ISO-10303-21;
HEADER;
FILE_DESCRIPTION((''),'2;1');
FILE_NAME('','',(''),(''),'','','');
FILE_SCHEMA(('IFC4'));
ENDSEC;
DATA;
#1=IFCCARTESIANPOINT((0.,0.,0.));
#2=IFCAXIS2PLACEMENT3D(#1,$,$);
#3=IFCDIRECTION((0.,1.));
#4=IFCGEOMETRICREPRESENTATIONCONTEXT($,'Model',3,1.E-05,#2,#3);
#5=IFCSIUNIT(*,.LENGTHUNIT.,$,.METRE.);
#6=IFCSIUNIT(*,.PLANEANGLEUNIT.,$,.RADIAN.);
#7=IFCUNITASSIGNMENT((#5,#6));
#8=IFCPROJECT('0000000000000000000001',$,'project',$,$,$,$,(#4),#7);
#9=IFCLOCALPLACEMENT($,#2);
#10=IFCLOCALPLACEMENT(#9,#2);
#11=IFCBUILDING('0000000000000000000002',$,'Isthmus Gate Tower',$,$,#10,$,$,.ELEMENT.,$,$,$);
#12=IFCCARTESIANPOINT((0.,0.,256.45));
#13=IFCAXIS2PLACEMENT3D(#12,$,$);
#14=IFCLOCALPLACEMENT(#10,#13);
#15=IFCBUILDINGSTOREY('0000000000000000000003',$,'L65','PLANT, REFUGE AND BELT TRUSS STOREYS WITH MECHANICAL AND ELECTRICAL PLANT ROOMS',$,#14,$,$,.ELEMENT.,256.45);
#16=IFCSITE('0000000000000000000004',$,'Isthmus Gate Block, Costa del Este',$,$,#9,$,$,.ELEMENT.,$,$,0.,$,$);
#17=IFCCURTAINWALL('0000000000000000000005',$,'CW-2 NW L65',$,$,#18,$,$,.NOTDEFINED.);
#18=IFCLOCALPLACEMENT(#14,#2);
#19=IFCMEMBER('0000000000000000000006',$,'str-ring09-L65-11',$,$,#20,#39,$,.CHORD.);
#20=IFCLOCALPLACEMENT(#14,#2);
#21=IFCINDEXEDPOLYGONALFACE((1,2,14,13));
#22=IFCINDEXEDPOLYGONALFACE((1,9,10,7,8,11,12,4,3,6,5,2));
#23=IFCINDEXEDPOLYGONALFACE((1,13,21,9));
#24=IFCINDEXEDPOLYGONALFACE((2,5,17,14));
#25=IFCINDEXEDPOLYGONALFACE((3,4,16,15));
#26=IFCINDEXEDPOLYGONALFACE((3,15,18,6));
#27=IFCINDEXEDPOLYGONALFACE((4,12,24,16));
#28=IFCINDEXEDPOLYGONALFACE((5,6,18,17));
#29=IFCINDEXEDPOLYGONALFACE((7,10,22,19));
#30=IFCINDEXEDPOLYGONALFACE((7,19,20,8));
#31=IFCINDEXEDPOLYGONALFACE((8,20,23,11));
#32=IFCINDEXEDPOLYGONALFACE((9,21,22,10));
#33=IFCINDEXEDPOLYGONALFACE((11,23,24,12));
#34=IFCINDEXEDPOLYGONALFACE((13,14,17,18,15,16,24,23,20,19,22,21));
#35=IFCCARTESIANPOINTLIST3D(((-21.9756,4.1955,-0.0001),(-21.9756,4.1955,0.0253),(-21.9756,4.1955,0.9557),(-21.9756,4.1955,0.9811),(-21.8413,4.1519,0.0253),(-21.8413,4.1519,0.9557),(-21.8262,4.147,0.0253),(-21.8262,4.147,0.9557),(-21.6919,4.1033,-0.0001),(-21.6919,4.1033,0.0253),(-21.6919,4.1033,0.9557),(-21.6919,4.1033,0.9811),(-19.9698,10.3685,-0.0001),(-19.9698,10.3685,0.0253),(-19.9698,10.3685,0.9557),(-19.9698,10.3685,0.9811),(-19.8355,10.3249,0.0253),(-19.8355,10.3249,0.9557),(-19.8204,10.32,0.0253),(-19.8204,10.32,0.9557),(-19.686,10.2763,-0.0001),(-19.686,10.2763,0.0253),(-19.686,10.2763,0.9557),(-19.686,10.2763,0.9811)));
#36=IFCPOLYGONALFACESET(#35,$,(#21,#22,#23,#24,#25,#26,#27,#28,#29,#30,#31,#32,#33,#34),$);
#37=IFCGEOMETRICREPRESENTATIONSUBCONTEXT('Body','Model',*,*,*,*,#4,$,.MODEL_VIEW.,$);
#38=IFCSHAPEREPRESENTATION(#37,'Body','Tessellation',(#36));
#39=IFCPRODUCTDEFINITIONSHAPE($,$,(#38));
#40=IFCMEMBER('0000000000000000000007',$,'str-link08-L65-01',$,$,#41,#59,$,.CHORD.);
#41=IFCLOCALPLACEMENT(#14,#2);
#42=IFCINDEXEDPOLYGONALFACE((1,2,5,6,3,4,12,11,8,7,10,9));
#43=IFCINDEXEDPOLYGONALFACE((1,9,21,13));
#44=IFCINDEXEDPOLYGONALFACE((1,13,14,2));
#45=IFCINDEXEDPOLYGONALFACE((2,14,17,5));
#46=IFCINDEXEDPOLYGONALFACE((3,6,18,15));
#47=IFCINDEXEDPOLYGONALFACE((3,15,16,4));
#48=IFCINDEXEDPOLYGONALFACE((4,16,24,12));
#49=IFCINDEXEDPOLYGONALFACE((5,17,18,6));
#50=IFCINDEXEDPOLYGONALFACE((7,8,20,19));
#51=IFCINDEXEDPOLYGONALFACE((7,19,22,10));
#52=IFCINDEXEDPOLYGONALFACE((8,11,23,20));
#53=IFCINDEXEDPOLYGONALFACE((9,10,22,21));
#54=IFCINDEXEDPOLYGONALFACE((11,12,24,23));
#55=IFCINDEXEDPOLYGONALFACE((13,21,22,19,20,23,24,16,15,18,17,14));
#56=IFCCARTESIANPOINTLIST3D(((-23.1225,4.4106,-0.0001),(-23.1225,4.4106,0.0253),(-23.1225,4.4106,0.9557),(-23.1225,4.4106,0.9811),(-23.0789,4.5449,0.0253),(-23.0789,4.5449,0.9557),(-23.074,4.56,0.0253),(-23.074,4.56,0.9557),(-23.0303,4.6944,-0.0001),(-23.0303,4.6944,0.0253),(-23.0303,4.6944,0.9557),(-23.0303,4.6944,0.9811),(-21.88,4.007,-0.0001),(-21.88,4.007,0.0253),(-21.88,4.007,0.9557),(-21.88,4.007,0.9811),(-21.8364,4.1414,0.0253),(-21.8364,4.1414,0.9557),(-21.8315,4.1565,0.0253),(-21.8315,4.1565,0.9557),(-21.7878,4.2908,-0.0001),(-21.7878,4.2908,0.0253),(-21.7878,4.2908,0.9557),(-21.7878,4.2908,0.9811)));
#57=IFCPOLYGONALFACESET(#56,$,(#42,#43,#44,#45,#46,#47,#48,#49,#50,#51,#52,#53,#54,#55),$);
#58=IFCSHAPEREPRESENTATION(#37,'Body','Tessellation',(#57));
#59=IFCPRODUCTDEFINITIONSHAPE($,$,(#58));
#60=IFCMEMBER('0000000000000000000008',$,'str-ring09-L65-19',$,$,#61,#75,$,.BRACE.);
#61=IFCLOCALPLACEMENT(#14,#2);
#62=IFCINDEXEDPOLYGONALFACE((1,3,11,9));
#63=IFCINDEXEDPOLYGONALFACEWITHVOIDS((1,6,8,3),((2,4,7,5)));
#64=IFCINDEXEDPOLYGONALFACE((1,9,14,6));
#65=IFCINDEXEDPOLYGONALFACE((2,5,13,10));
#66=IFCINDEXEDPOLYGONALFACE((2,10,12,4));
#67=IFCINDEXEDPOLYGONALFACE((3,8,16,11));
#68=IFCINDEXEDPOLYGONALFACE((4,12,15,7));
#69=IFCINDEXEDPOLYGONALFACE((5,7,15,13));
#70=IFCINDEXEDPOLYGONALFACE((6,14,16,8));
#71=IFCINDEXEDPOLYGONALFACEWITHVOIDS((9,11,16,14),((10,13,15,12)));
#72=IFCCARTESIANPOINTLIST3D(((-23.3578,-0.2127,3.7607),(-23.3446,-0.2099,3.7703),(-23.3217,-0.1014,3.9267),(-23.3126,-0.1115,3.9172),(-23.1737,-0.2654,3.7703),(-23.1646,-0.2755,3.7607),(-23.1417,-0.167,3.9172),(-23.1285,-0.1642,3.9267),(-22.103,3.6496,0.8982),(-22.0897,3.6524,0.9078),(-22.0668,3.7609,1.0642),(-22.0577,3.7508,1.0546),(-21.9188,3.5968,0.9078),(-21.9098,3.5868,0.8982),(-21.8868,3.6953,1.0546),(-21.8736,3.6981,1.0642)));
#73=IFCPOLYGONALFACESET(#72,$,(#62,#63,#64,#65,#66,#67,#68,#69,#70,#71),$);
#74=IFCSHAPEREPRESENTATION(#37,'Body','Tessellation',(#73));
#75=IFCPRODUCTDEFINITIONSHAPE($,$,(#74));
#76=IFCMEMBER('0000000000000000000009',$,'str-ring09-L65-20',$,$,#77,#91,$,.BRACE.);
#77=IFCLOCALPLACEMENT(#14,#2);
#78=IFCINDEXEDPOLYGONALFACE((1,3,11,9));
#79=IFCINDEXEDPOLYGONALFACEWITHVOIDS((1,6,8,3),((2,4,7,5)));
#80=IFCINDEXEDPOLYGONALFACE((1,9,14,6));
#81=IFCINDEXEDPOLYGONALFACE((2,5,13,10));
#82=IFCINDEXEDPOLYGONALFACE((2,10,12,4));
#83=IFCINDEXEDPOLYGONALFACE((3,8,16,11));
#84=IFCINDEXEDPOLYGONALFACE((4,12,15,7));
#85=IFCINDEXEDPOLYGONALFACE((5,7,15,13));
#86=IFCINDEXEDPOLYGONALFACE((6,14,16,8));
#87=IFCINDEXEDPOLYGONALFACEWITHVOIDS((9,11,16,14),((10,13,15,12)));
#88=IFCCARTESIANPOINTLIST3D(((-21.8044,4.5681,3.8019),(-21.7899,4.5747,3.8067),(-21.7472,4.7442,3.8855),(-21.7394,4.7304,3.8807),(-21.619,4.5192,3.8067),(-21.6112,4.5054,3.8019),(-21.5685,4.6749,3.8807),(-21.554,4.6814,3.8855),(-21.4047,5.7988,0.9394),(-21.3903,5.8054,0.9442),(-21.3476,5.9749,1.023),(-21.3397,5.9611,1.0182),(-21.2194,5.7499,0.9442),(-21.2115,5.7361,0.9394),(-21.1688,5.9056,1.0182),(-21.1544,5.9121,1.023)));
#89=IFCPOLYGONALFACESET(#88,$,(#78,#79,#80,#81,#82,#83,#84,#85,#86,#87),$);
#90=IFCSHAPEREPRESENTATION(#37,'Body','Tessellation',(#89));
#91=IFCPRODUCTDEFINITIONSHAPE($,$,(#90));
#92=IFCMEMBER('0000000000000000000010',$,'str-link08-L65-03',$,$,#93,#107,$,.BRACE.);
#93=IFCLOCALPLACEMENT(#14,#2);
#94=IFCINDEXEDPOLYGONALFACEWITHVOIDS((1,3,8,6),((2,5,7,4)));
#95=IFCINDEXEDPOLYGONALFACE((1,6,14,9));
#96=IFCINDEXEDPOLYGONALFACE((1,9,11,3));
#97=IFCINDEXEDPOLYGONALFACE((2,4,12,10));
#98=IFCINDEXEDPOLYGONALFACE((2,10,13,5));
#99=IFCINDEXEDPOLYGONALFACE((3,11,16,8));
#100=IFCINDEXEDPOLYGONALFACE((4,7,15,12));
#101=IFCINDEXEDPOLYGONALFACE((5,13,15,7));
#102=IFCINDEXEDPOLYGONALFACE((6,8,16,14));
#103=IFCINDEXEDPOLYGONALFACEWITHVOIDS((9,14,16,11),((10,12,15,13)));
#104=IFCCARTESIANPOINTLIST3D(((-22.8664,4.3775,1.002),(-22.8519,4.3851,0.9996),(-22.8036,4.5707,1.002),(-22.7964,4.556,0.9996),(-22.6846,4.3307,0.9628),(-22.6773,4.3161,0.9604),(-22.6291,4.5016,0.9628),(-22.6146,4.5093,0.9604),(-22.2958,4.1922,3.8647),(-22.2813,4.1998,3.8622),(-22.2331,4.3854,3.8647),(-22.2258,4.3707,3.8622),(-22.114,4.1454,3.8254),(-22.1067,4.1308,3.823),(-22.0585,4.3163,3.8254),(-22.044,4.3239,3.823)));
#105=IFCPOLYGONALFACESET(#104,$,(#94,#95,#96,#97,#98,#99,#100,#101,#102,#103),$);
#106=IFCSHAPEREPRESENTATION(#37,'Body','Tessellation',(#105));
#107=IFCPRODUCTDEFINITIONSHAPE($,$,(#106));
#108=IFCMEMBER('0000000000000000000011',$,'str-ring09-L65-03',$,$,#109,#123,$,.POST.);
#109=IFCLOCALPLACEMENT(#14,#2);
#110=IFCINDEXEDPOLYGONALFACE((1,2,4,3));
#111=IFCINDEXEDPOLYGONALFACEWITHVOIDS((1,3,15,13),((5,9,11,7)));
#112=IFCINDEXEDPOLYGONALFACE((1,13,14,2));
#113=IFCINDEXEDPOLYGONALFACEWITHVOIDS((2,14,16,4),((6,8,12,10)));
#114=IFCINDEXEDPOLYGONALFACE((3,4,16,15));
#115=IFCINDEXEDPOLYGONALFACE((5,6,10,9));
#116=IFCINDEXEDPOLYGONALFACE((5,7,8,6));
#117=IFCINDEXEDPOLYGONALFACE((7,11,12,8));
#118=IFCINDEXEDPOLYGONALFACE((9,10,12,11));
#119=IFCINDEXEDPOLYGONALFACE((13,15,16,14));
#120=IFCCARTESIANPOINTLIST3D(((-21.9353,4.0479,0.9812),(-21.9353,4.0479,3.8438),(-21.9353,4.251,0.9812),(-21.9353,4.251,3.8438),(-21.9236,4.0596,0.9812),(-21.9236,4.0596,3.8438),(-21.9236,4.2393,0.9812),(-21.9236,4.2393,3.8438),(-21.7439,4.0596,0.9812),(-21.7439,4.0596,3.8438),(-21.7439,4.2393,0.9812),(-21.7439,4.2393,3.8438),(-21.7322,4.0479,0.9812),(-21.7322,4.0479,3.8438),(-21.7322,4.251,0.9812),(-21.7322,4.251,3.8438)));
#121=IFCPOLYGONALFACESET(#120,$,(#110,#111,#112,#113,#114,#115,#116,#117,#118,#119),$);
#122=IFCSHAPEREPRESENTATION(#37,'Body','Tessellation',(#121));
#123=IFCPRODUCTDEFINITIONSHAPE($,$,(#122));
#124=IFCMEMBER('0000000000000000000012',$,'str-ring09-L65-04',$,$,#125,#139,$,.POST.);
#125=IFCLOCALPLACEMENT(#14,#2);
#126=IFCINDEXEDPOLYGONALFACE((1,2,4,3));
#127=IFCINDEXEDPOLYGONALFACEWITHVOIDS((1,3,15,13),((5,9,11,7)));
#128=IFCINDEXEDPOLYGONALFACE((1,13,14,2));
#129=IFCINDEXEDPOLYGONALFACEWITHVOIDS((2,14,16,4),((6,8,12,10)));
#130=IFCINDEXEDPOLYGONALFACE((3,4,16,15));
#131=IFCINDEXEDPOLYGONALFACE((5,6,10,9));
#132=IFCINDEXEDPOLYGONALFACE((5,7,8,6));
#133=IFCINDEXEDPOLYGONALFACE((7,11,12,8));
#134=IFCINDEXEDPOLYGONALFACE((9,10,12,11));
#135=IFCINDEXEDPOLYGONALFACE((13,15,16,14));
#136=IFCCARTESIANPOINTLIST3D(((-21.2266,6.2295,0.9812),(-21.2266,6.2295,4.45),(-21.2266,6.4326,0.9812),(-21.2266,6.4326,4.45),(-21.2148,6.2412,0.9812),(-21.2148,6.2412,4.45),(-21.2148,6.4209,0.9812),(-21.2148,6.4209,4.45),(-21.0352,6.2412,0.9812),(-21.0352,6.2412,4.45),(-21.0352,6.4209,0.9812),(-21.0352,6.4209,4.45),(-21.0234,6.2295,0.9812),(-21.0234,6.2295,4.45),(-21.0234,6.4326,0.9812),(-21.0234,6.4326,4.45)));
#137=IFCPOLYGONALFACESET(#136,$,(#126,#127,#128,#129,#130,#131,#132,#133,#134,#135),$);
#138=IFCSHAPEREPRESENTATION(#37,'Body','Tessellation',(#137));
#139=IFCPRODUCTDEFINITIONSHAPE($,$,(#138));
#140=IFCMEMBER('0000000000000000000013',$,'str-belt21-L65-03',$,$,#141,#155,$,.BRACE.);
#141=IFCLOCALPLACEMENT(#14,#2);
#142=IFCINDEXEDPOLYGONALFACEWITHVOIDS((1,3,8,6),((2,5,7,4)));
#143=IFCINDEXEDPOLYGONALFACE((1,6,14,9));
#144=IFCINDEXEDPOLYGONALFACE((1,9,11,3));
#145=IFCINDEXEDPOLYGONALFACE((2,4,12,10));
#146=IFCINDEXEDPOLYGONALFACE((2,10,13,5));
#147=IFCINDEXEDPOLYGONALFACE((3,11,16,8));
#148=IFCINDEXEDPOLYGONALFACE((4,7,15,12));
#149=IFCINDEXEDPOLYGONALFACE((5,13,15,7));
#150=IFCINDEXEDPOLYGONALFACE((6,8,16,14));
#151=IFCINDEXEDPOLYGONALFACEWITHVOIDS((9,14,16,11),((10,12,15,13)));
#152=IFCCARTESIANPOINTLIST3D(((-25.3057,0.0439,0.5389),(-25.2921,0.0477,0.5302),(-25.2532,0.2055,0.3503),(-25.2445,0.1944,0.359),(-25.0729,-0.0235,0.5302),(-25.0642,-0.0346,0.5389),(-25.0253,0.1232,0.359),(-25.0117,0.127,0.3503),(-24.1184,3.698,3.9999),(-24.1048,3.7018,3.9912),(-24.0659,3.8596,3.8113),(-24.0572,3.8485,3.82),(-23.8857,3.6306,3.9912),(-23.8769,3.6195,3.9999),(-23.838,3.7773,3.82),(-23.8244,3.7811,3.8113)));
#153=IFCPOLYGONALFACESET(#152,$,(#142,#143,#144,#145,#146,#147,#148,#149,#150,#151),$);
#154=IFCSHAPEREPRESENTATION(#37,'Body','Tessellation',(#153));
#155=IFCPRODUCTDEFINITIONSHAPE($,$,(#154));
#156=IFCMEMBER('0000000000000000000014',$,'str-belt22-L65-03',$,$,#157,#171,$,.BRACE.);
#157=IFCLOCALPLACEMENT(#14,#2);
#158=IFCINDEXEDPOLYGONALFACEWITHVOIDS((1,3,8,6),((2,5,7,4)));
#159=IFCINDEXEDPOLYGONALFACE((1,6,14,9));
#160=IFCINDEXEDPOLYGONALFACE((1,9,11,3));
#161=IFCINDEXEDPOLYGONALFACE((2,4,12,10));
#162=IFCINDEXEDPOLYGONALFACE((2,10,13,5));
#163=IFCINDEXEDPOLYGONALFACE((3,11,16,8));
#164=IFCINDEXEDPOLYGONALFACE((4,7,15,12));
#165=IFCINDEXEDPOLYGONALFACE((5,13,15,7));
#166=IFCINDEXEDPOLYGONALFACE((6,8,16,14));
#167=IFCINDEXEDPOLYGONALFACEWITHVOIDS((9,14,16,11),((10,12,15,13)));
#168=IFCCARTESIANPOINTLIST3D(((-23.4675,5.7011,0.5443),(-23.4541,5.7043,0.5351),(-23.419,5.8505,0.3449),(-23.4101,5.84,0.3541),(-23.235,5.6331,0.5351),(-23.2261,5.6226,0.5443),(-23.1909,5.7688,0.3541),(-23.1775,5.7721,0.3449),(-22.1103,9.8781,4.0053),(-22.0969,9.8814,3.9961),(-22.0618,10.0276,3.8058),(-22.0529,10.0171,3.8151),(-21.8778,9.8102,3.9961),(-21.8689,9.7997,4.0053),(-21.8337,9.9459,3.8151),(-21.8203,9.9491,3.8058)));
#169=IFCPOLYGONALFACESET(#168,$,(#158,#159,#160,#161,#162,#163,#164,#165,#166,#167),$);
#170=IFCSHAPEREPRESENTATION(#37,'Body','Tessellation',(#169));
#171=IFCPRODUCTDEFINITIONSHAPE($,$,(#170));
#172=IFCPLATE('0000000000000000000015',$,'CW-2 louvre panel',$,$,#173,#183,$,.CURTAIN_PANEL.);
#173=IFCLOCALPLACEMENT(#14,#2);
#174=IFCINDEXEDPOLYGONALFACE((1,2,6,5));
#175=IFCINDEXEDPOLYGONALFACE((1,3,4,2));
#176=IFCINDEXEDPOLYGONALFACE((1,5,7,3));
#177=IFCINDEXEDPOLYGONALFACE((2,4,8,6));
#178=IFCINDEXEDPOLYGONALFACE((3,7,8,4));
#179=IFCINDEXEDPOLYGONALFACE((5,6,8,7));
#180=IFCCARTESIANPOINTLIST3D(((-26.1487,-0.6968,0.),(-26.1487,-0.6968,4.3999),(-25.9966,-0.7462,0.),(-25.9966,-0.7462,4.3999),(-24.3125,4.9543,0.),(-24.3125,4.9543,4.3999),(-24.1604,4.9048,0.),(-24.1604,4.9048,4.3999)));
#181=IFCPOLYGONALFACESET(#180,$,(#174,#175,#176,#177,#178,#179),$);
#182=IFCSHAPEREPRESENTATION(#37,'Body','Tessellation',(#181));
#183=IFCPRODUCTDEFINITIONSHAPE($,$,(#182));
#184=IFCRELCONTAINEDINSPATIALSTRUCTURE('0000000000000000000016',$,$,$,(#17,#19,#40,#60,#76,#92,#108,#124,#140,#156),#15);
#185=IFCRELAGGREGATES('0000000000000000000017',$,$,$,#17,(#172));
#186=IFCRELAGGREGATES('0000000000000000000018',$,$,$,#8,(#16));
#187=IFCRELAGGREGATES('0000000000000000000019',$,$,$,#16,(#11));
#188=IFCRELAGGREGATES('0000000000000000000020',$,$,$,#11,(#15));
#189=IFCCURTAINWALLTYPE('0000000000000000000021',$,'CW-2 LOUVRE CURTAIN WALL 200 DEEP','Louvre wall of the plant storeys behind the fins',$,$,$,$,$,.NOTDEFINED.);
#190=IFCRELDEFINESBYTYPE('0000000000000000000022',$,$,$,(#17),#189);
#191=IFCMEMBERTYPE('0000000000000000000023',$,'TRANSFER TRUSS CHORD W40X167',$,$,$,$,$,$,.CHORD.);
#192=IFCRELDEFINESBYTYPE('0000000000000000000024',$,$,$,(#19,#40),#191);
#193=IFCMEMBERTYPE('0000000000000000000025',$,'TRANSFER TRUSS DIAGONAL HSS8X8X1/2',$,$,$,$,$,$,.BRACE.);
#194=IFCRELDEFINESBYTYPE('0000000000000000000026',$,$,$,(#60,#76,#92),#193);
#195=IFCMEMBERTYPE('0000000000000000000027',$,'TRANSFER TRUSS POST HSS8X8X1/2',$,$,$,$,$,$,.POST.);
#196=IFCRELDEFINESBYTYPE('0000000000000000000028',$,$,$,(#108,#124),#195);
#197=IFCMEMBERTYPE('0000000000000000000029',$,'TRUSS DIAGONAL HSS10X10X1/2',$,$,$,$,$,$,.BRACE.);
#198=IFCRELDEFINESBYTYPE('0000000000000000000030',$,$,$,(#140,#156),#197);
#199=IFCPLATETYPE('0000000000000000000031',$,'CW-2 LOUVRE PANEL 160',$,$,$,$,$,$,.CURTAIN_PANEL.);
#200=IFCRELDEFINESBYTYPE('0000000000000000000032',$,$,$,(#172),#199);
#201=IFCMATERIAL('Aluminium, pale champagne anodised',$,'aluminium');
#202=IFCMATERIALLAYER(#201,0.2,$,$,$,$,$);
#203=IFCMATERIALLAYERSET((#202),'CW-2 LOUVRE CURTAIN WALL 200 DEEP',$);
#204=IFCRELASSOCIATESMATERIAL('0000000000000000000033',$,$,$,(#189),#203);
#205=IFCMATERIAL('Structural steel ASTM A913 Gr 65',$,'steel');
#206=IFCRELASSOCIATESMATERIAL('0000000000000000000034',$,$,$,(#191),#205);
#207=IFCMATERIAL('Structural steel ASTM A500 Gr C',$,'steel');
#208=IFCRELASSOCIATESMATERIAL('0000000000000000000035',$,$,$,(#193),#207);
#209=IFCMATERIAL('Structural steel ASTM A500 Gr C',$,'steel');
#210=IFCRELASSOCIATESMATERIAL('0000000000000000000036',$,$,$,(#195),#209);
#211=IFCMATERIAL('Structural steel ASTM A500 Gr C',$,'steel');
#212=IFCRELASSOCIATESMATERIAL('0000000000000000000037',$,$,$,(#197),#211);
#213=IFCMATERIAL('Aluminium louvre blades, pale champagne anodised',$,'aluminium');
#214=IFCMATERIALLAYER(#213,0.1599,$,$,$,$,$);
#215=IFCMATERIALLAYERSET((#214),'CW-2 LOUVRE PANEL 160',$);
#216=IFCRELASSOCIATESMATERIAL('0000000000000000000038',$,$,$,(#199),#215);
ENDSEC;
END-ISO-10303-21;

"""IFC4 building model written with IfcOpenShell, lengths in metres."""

from ifc_helpers import new_model, si_unit, direction, frame, origin, origin_2d, place, context, subcontext, project, spatial, rectangle, hollow_rectangle, i_section, extrude, material, layer, layer_set, material_profile, profile_set, type_object, element, aggregate, save


model = new_model("IFC4")

# Units and contexts
model_context = context("Model", 3, precision=1e-05, world=origin(), true_north=direction((0.0, 1.0)))
body_context = subcontext(model_context, "Body", "Model", "MODEL_VIEW")
ifc_project = project(units=[si_unit("LENGTHUNIT", "METRE"), si_unit("PLANEANGLEUNIT", "RADIAN")], contexts=[model_context])

# Site, building, storey
site_placement = place(None, origin())
site = spatial("IfcSite", under=ifc_project, at=site_placement, Name="Isthmus Gate Block, Costa del Este", CompositionType="ELEMENT", RefElevation=0.0)
building_placement = place(site_placement, origin())
building = spatial("IfcBuilding", under=site, at=building_placement, Name="Isthmus Gate Tower", CompositionType="ELEMENT")
storey_placement = place(building_placement, frame((0.0, 0.0, 256.45)))
storey = spatial("IfcBuildingStorey", under=building, at=storey_placement, Name="L65", Description="PLANT, REFUGE AND BELT TRUSS STOREYS WITH MECHANICAL AND ELECTRICAL PLANT ROOMS", CompositionType="ELEMENT", Elevation=256.45)

# Curtain wall
ifc_material_1 = material(Name="Aluminium, pale champagne anodised", Category="aluminium")
ifc_layer_1 = layer(ifc_material_1, 0.2)
ifc_layer_set_1 = layer_set([ifc_layer_1], Name="CW-2 LOUVRE CURTAIN WALL 200 DEEP")
curtain_wall_type = type_object("IfcCurtainWallType", Name="CW-2 LOUVRE CURTAIN WALL 200 DEEP", Description="Louvre wall of the plant storeys behind the fins", PredefinedType="NOTDEFINED", material=ifc_layer_set_1)
curtain_wall_placement = place(storey_placement, origin())
curtain_wall = element("IfcCurtainWall", 1, at=curtain_wall_placement, inside=storey, type_object=curtain_wall_type, Name="CW-2 NW L65", PredefinedType="NOTDEFINED")

# Members
ifc_material_2 = material(Name="Structural steel ASTM A913 Gr 65", Category="steel")
ifc_material_profile_1 = material_profile(ifc_material_2, i_section(OverallWidth=0.2983, OverallDepth=0.9812, WebThickness=0.0159, FlangeThickness=0.0254, at=origin_2d()), Name="W40X167")
ifc_profile_set_1 = profile_set([ifc_material_profile_1], Name="Structural steel ASTM A913 Gr 65")
member_type_1 = type_object("IfcMemberType", Name="TRANSFER TRUSS CHORD W40X167", PredefinedType="CHORD", material=ifc_profile_set_1)
member_1_placement = place(storey_placement, frame((-21.8337, 4.1494, 0.4905), z_axis=(0.309031, 0.951052, 0.0), x_axis=(-0.951052, 0.309031, 0.0)))
element("IfcMember", 2, at=member_1_placement, inside=storey, type_object=member_type_1, Name="str-ring09-L65-11", PredefinedType="CHORD", context=body_context, shape_type="SweptSolid", body=[
    extrude(i_section(OverallWidth=0.2983, OverallDepth=0.9812, WebThickness=0.0159, FlangeThickness=0.0254, at=origin_2d()), origin(), (0.0, 0.0, 1.0), 6.4907),
])
member_2_placement = place(storey_placement, frame((-23.0764, 4.5525, 0.4905), z_axis=(0.951085, -0.30893, 0.0), x_axis=(0.30893, 0.951085, 0.0)))
element("IfcMember", 3, at=member_2_placement, inside=storey, type_object=member_type_1, Name="str-link08-L65-01", PredefinedType="CHORD", context=body_context, shape_type="SweptSolid", body=[
    extrude(i_section(OverallWidth=0.2983, OverallDepth=0.9812, WebThickness=0.0159, FlangeThickness=0.0254, at=origin_2d()), origin(), (0.0, 0.0, 1.0), 1.3064),
])
ifc_material_3 = material(Name="Structural steel ASTM A500 Gr C", Category="steel")
ifc_material_profile_2 = material_profile(ifc_material_3, hollow_rectangle(XDim=0.2031, YDim=0.2031, WallThickness=0.0117, at=origin_2d()), Name="HSS8X8X1/2")
ifc_profile_set_2 = profile_set([ifc_material_profile_2], Name="Structural steel ASTM A500 Gr C")
member_type_2 = type_object("IfcMemberType", Name="TRANSFER TRUSS DIAGONAL HSS8X8X1/2", PredefinedType="BRACE", material=ifc_profile_set_2)
member_3_placement = place(storey_placement, frame((-21.9883, 3.6738, 0.9812), z_axis=(-0.252566, -0.777353, 0.576136), x_axis=(0.951061, -0.309005, 0.0)))
element("IfcMember", 4, at=member_3_placement, inside=storey, type_object=member_type_2, Name="str-ring09-L65-19", PredefinedType="BRACE", context=body_context, shape_type="SweptSolid", body=[
    extrude(hollow_rectangle(XDim=0.2031, YDim=0.2031, WallThickness=0.0117, at=origin_2d()), origin(), (0.0, 0.0, 1.0), 4.9685),
])
member_4_placement = place(storey_placement, frame((-21.2795, 5.8555, 0.9812), z_axis=(-0.127222, -0.391769, 0.911225), x_axis=(0.951108, -0.30886, 0.0)))
element("IfcMember", 5, at=member_4_placement, inside=storey, type_object=member_type_2, Name="str-ring09-L65-20", PredefinedType="BRACE", context=body_context, shape_type="SweptSolid", body=[
    extrude(hollow_rectangle(XDim=0.2031, YDim=0.2031, WallThickness=0.0117, at=origin_2d()), origin(), (0.0, 0.0, 1.0), 3.1414),
])
member_5_placement = place(storey_placement, frame((-22.7405, 4.4434, 0.9812), z_axis=(0.19508, -0.063357, 0.978739), x_axis=(0.308893, 0.951097, 0.0)))
element("IfcMember", 6, at=member_5_placement, inside=storey, type_object=member_type_2, Name="str-link08-L65-03", PredefinedType="BRACE", context=body_context, shape_type="SweptSolid", body=[
    extrude(hollow_rectangle(XDim=0.2031, YDim=0.2031, WallThickness=0.0117, at=origin_2d()), origin(), (0.0, 0.0, 1.0), 2.9248),
])
ifc_material_4 = material(Name="Structural steel ASTM A500 Gr C", Category="steel")
ifc_material_profile_3 = material_profile(ifc_material_4, hollow_rectangle(XDim=0.2031, YDim=0.2031, WallThickness=0.0117, at=origin_2d()), Name="HSS8X8X1/2")
ifc_profile_set_3 = profile_set([ifc_material_profile_3], Name="Structural steel ASTM A500 Gr C")
member_type_3 = type_object("IfcMemberType", Name="TRANSFER TRUSS POST HSS8X8X1/2", PredefinedType="POST", material=ifc_profile_set_3)
member_6_placement = place(storey_placement, frame((-21.8337, 4.1494, 0.9812), z_axis=(0.0, 0.0, 1.0), x_axis=(1.0, 0.0, 0.0)))
element("IfcMember", 7, at=member_6_placement, inside=storey, type_object=member_type_3, Name="str-ring09-L65-03", PredefinedType="POST", context=body_context, shape_type="SweptSolid", body=[
    extrude(hollow_rectangle(XDim=0.2031, YDim=0.2031, WallThickness=0.0117, at=origin_2d()), origin(), (0.0, 0.0, 1.0), 2.8625),
])
member_7_placement = place(storey_placement, frame((-21.125, 6.3311, 0.9812), z_axis=(0.0, 0.0, 1.0), x_axis=(1.0, 0.0, 0.0)))
element("IfcMember", 8, at=member_7_placement, inside=storey, type_object=member_type_3, Name="str-ring09-L65-04", PredefinedType="POST", context=body_context, shape_type="SweptSolid", body=[
    extrude(hollow_rectangle(XDim=0.2031, YDim=0.2031, WallThickness=0.0117, at=origin_2d()), origin(), (0.0, 0.0, 1.0), 3.4688),
])
ifc_material_5 = material(Name="Structural steel ASTM A500 Gr C", Category="steel")
ifc_material_profile_4 = material_profile(ifc_material_5, hollow_rectangle(XDim=0.2539, YDim=0.2539, WallThickness=0.0117, at=origin_2d()), Name="HSS10X10X1/2")
ifc_profile_set_4 = profile_set([ifc_material_profile_4], Name="Structural steel ASTM A500 Gr C")
member_type_4 = type_object("IfcMemberType", Name="TRUSS DIAGONAL HSS10X10X1/2", PredefinedType="BRACE", material=ifc_profile_set_4)
member_8_placement = place(storey_placement, frame((-25.1587, 0.0854, 0.4446), z_axis=(0.229597, 0.706636, 0.669291), x_axis=(-0.951058, 0.309013, 0.0)))
element("IfcMember", 9, at=member_8_placement, inside=storey, type_object=member_type_4, Name="str-belt21-L65-03", PredefinedType="BRACE", context=body_context, shape_type="SweptSolid", body=[
    extrude(hollow_rectangle(XDim=0.2539, YDim=0.2539, WallThickness=0.0117, at=origin_2d()), origin(), (0.0, 0.0, 1.0), 5.1711),
])
member_9_placement = place(storey_placement, frame((-23.3225, 5.7366, 0.4446), z_axis=(0.242712, 0.746997, 0.618939), x_axis=(-0.951057, 0.309014, 0.0)))
element("IfcMember", 10, at=member_9_placement, inside=storey, type_object=member_type_4, Name="str-belt22-L65-03", PredefinedType="BRACE", context=body_context, shape_type="SweptSolid", body=[
    extrude(hollow_rectangle(XDim=0.2539, YDim=0.2539, WallThickness=0.0117, at=origin_2d()), origin(), (0.0, 0.0, 1.0), 5.5918),
])

# Plate
ifc_material_6 = material(Name="Aluminium louvre blades, pale champagne anodised", Category="aluminium")
ifc_layer_2 = layer(ifc_material_6, 0.1599)
ifc_layer_set_2 = layer_set([ifc_layer_2], Name="CW-2 LOUVRE PANEL 160")
plate_type = type_object("IfcPlateType", Name="CW-2 LOUVRE PANEL 160", PredefinedType="CURTAIN_PANEL", material=ifc_layer_set_2)
plate_placement = place(storey_placement, frame((-25.1545, 2.104, 0.0), z_axis=(0.0, 0.0, 1.0), x_axis=(-0.309017, -0.951057, 0.0)))
plate = element("IfcPlate", 11, at=plate_placement, type_object=plate_type, Name="CW-2 louvre panel", PredefinedType="CURTAIN_PANEL", context=body_context, shape_type="SweptSolid", body=[
    extrude(rectangle(XDim=5.9419, YDim=0.1599, at=origin_2d()), origin(), (0.0, 0.0, 1.0), 4.3999),
])
aggregate(curtain_wall, [plate])

save(model, "model.ifc")
